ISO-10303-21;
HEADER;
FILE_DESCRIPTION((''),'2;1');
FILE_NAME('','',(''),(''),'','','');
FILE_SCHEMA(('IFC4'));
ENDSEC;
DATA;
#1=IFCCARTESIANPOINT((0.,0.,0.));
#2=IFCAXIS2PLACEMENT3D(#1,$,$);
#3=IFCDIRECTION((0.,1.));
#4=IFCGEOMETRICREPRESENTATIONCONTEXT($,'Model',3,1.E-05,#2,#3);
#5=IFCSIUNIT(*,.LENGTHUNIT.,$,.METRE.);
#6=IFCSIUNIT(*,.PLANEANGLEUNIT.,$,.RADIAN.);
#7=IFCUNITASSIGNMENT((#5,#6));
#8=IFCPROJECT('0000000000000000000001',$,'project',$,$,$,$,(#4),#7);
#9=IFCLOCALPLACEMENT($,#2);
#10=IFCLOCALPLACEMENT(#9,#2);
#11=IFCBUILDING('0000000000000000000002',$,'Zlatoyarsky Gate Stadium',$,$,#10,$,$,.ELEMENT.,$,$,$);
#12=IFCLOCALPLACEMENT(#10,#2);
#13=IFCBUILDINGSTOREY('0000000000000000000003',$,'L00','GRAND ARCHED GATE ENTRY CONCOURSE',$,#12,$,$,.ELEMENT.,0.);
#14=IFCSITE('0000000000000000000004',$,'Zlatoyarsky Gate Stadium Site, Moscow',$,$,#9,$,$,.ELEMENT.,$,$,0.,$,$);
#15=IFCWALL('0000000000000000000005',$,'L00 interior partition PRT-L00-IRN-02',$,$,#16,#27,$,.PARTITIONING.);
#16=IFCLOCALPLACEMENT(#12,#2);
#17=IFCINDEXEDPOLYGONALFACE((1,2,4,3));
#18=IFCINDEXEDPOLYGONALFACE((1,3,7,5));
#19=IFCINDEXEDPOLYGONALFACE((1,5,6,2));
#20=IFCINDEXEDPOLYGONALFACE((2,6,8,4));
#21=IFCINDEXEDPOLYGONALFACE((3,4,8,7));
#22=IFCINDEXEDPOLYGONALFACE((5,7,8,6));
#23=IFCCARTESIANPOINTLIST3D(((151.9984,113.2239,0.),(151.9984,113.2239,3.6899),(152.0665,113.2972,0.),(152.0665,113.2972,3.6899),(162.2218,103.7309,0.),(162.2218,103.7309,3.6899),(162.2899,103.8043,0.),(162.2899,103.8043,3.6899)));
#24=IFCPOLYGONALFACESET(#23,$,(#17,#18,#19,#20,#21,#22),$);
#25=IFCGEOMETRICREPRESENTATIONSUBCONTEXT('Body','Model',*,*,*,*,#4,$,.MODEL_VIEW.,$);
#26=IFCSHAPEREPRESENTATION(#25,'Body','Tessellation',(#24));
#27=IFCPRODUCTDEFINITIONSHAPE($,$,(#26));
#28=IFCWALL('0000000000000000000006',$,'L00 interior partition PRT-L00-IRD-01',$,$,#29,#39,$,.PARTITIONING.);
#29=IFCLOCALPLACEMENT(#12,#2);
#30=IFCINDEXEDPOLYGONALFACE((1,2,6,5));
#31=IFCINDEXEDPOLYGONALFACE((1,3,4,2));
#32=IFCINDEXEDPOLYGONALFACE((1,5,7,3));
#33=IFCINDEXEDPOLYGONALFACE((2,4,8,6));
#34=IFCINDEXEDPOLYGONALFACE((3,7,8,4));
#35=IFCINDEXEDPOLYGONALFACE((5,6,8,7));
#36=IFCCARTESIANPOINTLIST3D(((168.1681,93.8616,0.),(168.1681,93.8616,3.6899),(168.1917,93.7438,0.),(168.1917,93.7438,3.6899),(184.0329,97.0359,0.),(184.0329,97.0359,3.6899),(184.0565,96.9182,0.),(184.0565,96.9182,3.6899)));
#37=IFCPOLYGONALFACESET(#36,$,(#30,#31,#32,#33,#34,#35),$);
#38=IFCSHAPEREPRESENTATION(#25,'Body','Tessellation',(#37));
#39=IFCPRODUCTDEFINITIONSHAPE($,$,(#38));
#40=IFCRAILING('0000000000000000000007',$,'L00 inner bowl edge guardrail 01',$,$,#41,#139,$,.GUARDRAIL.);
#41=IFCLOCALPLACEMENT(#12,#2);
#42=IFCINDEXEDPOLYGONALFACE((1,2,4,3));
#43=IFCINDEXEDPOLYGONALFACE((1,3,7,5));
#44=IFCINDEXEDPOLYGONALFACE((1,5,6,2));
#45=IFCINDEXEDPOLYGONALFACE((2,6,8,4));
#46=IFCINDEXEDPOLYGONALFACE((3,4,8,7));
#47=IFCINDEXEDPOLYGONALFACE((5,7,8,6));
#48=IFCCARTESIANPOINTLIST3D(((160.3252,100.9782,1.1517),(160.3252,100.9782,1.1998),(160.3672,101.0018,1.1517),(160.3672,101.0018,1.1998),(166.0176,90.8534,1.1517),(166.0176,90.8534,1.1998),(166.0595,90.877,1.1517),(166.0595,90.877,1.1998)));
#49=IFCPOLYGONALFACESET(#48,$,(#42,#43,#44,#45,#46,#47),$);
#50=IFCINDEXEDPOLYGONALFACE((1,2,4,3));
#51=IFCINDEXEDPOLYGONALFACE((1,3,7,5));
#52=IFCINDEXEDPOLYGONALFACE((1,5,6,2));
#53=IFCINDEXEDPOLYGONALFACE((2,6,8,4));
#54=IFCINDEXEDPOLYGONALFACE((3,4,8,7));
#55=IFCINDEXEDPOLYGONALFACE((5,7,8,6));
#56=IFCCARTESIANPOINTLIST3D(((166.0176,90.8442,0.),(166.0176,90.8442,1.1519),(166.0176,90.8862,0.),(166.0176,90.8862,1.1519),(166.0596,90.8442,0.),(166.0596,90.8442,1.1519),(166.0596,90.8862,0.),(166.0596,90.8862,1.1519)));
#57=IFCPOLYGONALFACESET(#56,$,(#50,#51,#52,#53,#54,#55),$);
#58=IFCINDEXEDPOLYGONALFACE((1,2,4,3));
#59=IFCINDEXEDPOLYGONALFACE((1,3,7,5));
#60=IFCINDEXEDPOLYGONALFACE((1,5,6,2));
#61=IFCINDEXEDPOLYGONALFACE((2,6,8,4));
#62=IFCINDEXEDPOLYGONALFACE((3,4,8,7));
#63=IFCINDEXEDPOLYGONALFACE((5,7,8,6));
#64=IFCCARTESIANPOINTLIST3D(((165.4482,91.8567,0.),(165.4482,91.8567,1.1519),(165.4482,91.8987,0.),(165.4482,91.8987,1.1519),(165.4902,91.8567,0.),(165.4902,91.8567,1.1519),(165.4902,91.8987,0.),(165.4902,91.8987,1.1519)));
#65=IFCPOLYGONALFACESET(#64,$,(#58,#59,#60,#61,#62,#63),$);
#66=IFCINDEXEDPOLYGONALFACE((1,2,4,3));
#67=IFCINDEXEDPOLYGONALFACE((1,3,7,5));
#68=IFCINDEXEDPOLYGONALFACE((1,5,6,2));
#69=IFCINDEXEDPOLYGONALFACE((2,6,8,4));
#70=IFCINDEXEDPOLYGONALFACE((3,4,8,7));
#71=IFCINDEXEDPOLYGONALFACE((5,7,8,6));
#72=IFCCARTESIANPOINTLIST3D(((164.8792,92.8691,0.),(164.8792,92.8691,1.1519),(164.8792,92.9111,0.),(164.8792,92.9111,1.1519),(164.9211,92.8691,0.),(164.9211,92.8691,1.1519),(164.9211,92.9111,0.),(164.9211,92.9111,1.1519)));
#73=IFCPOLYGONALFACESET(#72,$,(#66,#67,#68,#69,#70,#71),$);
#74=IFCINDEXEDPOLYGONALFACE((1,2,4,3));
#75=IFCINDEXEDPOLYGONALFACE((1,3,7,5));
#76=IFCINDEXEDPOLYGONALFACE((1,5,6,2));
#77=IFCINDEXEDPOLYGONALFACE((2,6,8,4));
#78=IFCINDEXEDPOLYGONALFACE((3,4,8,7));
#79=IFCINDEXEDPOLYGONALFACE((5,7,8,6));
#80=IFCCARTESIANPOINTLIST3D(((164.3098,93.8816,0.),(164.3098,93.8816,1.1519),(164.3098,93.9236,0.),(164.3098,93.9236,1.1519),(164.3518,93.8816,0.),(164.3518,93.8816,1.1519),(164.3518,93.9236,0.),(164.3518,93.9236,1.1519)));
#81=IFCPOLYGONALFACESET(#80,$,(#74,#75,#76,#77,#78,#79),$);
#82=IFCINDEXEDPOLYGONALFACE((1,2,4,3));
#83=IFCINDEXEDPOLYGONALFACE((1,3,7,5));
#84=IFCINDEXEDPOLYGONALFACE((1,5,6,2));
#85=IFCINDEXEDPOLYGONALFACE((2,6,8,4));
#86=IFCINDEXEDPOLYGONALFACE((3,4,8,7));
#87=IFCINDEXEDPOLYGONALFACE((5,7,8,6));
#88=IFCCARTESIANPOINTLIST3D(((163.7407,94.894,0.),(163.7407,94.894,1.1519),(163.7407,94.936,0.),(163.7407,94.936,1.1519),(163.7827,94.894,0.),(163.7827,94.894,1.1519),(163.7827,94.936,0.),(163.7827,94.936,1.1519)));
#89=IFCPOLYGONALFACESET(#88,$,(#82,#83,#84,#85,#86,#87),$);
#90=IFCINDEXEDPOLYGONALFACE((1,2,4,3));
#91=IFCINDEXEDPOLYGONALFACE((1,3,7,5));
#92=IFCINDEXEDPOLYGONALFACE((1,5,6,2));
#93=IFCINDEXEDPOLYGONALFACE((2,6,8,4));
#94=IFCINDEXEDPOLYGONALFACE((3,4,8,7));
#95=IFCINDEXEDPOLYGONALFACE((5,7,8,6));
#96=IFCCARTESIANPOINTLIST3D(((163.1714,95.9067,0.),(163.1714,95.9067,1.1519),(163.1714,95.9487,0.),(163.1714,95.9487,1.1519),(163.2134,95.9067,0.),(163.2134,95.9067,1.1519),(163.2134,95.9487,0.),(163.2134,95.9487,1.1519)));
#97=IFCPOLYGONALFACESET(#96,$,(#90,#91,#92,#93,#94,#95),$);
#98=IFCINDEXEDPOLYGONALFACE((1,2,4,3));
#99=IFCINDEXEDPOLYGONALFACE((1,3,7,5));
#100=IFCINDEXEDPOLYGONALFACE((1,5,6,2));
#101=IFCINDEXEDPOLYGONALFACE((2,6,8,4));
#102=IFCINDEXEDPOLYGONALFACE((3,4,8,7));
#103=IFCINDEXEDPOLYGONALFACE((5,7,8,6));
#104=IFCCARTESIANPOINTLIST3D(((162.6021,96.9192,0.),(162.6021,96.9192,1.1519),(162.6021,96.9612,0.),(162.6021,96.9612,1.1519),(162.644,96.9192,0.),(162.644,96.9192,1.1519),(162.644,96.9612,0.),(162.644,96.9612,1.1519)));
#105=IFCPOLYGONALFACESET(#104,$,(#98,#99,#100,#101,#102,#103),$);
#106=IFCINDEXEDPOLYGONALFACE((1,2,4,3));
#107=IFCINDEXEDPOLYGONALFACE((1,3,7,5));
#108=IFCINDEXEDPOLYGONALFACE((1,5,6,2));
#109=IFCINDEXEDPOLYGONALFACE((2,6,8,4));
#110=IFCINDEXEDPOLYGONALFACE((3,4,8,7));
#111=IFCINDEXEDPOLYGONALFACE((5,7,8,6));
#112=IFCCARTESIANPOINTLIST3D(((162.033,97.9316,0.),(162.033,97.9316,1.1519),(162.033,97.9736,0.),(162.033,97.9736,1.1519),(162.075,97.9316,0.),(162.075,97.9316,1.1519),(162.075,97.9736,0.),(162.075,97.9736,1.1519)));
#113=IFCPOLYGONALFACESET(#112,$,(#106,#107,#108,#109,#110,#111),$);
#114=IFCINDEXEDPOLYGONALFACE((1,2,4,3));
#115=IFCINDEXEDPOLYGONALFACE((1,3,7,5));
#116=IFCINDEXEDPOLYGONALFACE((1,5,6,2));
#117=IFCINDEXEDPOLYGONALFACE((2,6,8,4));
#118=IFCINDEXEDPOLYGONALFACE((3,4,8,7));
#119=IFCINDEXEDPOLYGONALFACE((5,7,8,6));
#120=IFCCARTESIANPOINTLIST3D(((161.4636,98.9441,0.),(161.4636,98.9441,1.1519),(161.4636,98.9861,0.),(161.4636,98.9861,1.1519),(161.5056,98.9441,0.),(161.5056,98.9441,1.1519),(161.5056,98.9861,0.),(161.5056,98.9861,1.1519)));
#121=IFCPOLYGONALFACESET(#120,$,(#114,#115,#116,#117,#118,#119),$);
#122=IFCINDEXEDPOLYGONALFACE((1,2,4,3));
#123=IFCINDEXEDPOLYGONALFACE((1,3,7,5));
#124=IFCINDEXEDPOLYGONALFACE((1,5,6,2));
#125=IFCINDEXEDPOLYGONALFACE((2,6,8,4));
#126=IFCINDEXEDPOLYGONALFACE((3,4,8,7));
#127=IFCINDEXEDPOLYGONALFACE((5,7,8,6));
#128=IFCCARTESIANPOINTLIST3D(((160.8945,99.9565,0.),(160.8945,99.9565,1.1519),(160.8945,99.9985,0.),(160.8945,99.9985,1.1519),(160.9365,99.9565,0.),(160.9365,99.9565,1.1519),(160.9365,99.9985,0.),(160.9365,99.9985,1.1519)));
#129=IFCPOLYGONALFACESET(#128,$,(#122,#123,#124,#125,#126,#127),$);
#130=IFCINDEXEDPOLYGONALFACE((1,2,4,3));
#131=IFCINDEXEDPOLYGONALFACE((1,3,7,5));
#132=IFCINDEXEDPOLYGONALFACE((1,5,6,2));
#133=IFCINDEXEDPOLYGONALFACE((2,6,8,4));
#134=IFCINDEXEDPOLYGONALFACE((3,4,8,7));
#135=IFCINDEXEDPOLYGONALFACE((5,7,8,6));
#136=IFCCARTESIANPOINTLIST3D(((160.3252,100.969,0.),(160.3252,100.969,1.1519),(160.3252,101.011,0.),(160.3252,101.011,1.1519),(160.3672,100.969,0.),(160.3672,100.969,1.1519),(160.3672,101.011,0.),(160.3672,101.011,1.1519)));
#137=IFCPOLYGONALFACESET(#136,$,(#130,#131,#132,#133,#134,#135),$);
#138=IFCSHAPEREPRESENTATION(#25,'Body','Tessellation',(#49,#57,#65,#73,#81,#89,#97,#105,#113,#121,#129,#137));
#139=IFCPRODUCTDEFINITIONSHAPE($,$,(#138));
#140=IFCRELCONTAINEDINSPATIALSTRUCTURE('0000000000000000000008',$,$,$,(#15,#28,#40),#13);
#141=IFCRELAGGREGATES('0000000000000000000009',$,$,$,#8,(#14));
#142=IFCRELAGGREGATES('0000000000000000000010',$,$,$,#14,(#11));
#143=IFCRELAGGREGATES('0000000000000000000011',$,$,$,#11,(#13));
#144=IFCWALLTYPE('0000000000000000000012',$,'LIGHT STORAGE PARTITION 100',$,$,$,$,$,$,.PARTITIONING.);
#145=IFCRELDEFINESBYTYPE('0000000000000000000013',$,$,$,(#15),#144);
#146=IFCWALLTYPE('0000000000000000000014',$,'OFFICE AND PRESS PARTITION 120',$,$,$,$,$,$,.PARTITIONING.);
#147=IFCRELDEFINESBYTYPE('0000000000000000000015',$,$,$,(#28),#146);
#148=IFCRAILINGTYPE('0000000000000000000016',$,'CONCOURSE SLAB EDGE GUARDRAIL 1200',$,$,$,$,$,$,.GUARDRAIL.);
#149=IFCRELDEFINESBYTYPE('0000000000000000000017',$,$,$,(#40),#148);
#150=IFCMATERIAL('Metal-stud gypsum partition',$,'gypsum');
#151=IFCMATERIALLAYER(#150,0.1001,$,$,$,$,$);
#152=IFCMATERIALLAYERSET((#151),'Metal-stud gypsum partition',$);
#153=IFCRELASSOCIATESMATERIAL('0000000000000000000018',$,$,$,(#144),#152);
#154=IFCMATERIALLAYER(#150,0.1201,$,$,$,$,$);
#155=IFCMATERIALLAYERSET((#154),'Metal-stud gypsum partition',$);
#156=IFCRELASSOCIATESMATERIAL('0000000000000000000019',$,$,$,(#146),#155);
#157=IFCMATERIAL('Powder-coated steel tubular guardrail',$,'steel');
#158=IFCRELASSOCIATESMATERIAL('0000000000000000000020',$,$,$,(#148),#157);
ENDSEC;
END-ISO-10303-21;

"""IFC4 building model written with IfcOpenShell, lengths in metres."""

from ifc_helpers import new_model, si_unit, direction, frame, frame_2d, origin, origin_2d, place, context, subcontext, project, spatial, rectangle, extrude, material, layer, layer_set, type_object, element, save


model = new_model("IFC4")

# Units and contexts
model_context = context("Model", 3, precision=1e-05, world=origin(), true_north=direction((0.0, 1.0)))
body_context = subcontext(model_context, "Body", "Model", "MODEL_VIEW")
ifc_project = project(units=[si_unit("LENGTHUNIT", "METRE"), si_unit("PLANEANGLEUNIT", "RADIAN")], contexts=[model_context])

# Site, building, storey
site_placement = place(None, origin())
site = spatial("IfcSite", under=ifc_project, at=site_placement, Name="Zlatoyarsky Gate Stadium Site, Moscow", CompositionType="ELEMENT", RefElevation=0.0)
building_placement = place(site_placement, origin())
building = spatial("IfcBuilding", under=site, at=building_placement, Name="Zlatoyarsky Gate Stadium", CompositionType="ELEMENT")
storey_placement = place(building_placement, origin())
storey = spatial("IfcBuildingStorey", under=building, at=storey_placement, Name="L00", Description="GRAND ARCHED GATE ENTRY CONCOURSE", CompositionType="ELEMENT", Elevation=0.0)

# Shared definitions
ifc_material_1 = material(Name="Metal-stud gypsum partition", Category="gypsum")

# Walls
ifc_layer_1 = layer(ifc_material_1, 0.1001)
ifc_layer_set_1 = layer_set([ifc_layer_1], Name="Metal-stud gypsum partition")
wall_type_1 = type_object("IfcWallType", Name="LIGHT STORAGE PARTITION 100", PredefinedType="PARTITIONING", material=ifc_layer_set_1)
wall_1_placement = place(storey_placement, frame((162.2559, 103.7676, 0.0), z_axis=(0.0, 0.0, 1.0), x_axis=(-0.732802, 0.680442, 0.0)))
element("IfcWall", 1, at=wall_1_placement, inside=storey, type_object=wall_type_1, Name="L00 interior partition PRT-L00-IRN-02", PredefinedType="PARTITIONING", context=body_context, shape_type="SweptSolid", body=[
    extrude(rectangle(XDim=13.9512, YDim=0.1001, at=frame_2d((6.9756, 0.0))), origin(), (0.0, 0.0, 1.0), 3.6899),
])
ifc_layer_2 = layer(ifc_material_1, 0.1201)
ifc_layer_set_2 = layer_set([ifc_layer_2], Name="Metal-stud gypsum partition")
wall_type_2 = type_object("IfcWallType", Name="OFFICE AND PRESS PARTITION 120", PredefinedType="PARTITIONING", material=ifc_layer_set_2)
wall_2_placement = place(storey_placement, frame((168.1799, 93.8027, 0.0), z_axis=(0.0, 0.0, 1.0), x_axis=(0.980564, 0.196197, 0.0)))
element("IfcWall", 2, at=wall_2_placement, inside=storey, type_object=wall_type_2, Name="L00 interior partition PRT-L00-IRD-01", PredefinedType="PARTITIONING", context=body_context, shape_type="SweptSolid", body=[
    extrude(rectangle(XDim=16.1792, YDim=0.1201, at=frame_2d((8.0896, 0.0))), origin(), (0.0, 0.0, 1.0), 3.6899),
])

# Railing
ifc_material_2 = material(Name="Powder-coated steel tubular guardrail", Category="steel")
railing_type = type_object("IfcRailingType", Name="CONCOURSE SLAB EDGE GUARDRAIL 1200", PredefinedType="GUARDRAIL", material=ifc_material_2)
railing_1_placement = place(storey_placement, frame((166.0386, 90.8652, 0.0)))
element("IfcRailing", 3, at=railing_1_placement, inside=storey, type_object=railing_type, Name="L00 inner bowl edge guardrail 01", PredefinedType="GUARDRAIL", context=body_context, shape_type="SweptSolid", body=[
    extrude(rectangle(XDim=0.0481, YDim=0.0481, at=origin_2d()), frame((0.0, 0.0, 1.1758), z_axis=(-0.490079, 0.871678, 0.0), x_axis=(-0.871678, -0.490079, 0.0)), (0.0, 0.0, 1.0), 11.6152),
    extrude(rectangle(XDim=0.042, YDim=0.042, at=origin_2d()), origin(), (0.0, 0.0, 1.0), 1.1519),
    extrude(rectangle(XDim=0.042, YDim=0.042, at=origin_2d()), frame((-0.5693, 1.0125, 0.0)), (0.0, 0.0, 1.0), 1.1519),
    extrude(rectangle(XDim=0.042, YDim=0.042, at=origin_2d()), frame((-1.1384, 2.0249, 0.0)), (0.0, 0.0, 1.0), 1.1519),
    extrude(rectangle(XDim=0.042, YDim=0.042, at=origin_2d()), frame((-1.7078, 3.0374, 0.0)), (0.0, 0.0, 1.0), 1.1519),
    extrude(rectangle(XDim=0.042, YDim=0.042, at=origin_2d()), frame((-2.2769, 4.0498, 0.0)), (0.0, 0.0, 1.0), 1.1519),
    extrude(rectangle(XDim=0.042, YDim=0.042, at=origin_2d()), frame((-2.8462, 5.0625, 0.0)), (0.0, 0.0, 1.0), 1.1519),
    extrude(rectangle(XDim=0.042, YDim=0.042, at=origin_2d()), frame((-3.4155, 6.075, 0.0)), (0.0, 0.0, 1.0), 1.1519),
    extrude(rectangle(XDim=0.042, YDim=0.042, at=origin_2d()), frame((-3.9846, 7.0874, 0.0)), (0.0, 0.0, 1.0), 1.1519),
    extrude(rectangle(XDim=0.042, YDim=0.042, at=origin_2d()), frame((-4.554, 8.0999, 0.0)), (0.0, 0.0, 1.0), 1.1519),
    extrude(rectangle(XDim=0.042, YDim=0.042, at=origin_2d()), frame((-5.123, 9.1123, 0.0)), (0.0, 0.0, 1.0), 1.1519),
    extrude(rectangle(XDim=0.042, YDim=0.042, at=origin_2d()), frame((-5.6924, 10.1248, 0.0)), (0.0, 0.0, 1.0), 1.1519),
])

save(model, "model.ifc")
